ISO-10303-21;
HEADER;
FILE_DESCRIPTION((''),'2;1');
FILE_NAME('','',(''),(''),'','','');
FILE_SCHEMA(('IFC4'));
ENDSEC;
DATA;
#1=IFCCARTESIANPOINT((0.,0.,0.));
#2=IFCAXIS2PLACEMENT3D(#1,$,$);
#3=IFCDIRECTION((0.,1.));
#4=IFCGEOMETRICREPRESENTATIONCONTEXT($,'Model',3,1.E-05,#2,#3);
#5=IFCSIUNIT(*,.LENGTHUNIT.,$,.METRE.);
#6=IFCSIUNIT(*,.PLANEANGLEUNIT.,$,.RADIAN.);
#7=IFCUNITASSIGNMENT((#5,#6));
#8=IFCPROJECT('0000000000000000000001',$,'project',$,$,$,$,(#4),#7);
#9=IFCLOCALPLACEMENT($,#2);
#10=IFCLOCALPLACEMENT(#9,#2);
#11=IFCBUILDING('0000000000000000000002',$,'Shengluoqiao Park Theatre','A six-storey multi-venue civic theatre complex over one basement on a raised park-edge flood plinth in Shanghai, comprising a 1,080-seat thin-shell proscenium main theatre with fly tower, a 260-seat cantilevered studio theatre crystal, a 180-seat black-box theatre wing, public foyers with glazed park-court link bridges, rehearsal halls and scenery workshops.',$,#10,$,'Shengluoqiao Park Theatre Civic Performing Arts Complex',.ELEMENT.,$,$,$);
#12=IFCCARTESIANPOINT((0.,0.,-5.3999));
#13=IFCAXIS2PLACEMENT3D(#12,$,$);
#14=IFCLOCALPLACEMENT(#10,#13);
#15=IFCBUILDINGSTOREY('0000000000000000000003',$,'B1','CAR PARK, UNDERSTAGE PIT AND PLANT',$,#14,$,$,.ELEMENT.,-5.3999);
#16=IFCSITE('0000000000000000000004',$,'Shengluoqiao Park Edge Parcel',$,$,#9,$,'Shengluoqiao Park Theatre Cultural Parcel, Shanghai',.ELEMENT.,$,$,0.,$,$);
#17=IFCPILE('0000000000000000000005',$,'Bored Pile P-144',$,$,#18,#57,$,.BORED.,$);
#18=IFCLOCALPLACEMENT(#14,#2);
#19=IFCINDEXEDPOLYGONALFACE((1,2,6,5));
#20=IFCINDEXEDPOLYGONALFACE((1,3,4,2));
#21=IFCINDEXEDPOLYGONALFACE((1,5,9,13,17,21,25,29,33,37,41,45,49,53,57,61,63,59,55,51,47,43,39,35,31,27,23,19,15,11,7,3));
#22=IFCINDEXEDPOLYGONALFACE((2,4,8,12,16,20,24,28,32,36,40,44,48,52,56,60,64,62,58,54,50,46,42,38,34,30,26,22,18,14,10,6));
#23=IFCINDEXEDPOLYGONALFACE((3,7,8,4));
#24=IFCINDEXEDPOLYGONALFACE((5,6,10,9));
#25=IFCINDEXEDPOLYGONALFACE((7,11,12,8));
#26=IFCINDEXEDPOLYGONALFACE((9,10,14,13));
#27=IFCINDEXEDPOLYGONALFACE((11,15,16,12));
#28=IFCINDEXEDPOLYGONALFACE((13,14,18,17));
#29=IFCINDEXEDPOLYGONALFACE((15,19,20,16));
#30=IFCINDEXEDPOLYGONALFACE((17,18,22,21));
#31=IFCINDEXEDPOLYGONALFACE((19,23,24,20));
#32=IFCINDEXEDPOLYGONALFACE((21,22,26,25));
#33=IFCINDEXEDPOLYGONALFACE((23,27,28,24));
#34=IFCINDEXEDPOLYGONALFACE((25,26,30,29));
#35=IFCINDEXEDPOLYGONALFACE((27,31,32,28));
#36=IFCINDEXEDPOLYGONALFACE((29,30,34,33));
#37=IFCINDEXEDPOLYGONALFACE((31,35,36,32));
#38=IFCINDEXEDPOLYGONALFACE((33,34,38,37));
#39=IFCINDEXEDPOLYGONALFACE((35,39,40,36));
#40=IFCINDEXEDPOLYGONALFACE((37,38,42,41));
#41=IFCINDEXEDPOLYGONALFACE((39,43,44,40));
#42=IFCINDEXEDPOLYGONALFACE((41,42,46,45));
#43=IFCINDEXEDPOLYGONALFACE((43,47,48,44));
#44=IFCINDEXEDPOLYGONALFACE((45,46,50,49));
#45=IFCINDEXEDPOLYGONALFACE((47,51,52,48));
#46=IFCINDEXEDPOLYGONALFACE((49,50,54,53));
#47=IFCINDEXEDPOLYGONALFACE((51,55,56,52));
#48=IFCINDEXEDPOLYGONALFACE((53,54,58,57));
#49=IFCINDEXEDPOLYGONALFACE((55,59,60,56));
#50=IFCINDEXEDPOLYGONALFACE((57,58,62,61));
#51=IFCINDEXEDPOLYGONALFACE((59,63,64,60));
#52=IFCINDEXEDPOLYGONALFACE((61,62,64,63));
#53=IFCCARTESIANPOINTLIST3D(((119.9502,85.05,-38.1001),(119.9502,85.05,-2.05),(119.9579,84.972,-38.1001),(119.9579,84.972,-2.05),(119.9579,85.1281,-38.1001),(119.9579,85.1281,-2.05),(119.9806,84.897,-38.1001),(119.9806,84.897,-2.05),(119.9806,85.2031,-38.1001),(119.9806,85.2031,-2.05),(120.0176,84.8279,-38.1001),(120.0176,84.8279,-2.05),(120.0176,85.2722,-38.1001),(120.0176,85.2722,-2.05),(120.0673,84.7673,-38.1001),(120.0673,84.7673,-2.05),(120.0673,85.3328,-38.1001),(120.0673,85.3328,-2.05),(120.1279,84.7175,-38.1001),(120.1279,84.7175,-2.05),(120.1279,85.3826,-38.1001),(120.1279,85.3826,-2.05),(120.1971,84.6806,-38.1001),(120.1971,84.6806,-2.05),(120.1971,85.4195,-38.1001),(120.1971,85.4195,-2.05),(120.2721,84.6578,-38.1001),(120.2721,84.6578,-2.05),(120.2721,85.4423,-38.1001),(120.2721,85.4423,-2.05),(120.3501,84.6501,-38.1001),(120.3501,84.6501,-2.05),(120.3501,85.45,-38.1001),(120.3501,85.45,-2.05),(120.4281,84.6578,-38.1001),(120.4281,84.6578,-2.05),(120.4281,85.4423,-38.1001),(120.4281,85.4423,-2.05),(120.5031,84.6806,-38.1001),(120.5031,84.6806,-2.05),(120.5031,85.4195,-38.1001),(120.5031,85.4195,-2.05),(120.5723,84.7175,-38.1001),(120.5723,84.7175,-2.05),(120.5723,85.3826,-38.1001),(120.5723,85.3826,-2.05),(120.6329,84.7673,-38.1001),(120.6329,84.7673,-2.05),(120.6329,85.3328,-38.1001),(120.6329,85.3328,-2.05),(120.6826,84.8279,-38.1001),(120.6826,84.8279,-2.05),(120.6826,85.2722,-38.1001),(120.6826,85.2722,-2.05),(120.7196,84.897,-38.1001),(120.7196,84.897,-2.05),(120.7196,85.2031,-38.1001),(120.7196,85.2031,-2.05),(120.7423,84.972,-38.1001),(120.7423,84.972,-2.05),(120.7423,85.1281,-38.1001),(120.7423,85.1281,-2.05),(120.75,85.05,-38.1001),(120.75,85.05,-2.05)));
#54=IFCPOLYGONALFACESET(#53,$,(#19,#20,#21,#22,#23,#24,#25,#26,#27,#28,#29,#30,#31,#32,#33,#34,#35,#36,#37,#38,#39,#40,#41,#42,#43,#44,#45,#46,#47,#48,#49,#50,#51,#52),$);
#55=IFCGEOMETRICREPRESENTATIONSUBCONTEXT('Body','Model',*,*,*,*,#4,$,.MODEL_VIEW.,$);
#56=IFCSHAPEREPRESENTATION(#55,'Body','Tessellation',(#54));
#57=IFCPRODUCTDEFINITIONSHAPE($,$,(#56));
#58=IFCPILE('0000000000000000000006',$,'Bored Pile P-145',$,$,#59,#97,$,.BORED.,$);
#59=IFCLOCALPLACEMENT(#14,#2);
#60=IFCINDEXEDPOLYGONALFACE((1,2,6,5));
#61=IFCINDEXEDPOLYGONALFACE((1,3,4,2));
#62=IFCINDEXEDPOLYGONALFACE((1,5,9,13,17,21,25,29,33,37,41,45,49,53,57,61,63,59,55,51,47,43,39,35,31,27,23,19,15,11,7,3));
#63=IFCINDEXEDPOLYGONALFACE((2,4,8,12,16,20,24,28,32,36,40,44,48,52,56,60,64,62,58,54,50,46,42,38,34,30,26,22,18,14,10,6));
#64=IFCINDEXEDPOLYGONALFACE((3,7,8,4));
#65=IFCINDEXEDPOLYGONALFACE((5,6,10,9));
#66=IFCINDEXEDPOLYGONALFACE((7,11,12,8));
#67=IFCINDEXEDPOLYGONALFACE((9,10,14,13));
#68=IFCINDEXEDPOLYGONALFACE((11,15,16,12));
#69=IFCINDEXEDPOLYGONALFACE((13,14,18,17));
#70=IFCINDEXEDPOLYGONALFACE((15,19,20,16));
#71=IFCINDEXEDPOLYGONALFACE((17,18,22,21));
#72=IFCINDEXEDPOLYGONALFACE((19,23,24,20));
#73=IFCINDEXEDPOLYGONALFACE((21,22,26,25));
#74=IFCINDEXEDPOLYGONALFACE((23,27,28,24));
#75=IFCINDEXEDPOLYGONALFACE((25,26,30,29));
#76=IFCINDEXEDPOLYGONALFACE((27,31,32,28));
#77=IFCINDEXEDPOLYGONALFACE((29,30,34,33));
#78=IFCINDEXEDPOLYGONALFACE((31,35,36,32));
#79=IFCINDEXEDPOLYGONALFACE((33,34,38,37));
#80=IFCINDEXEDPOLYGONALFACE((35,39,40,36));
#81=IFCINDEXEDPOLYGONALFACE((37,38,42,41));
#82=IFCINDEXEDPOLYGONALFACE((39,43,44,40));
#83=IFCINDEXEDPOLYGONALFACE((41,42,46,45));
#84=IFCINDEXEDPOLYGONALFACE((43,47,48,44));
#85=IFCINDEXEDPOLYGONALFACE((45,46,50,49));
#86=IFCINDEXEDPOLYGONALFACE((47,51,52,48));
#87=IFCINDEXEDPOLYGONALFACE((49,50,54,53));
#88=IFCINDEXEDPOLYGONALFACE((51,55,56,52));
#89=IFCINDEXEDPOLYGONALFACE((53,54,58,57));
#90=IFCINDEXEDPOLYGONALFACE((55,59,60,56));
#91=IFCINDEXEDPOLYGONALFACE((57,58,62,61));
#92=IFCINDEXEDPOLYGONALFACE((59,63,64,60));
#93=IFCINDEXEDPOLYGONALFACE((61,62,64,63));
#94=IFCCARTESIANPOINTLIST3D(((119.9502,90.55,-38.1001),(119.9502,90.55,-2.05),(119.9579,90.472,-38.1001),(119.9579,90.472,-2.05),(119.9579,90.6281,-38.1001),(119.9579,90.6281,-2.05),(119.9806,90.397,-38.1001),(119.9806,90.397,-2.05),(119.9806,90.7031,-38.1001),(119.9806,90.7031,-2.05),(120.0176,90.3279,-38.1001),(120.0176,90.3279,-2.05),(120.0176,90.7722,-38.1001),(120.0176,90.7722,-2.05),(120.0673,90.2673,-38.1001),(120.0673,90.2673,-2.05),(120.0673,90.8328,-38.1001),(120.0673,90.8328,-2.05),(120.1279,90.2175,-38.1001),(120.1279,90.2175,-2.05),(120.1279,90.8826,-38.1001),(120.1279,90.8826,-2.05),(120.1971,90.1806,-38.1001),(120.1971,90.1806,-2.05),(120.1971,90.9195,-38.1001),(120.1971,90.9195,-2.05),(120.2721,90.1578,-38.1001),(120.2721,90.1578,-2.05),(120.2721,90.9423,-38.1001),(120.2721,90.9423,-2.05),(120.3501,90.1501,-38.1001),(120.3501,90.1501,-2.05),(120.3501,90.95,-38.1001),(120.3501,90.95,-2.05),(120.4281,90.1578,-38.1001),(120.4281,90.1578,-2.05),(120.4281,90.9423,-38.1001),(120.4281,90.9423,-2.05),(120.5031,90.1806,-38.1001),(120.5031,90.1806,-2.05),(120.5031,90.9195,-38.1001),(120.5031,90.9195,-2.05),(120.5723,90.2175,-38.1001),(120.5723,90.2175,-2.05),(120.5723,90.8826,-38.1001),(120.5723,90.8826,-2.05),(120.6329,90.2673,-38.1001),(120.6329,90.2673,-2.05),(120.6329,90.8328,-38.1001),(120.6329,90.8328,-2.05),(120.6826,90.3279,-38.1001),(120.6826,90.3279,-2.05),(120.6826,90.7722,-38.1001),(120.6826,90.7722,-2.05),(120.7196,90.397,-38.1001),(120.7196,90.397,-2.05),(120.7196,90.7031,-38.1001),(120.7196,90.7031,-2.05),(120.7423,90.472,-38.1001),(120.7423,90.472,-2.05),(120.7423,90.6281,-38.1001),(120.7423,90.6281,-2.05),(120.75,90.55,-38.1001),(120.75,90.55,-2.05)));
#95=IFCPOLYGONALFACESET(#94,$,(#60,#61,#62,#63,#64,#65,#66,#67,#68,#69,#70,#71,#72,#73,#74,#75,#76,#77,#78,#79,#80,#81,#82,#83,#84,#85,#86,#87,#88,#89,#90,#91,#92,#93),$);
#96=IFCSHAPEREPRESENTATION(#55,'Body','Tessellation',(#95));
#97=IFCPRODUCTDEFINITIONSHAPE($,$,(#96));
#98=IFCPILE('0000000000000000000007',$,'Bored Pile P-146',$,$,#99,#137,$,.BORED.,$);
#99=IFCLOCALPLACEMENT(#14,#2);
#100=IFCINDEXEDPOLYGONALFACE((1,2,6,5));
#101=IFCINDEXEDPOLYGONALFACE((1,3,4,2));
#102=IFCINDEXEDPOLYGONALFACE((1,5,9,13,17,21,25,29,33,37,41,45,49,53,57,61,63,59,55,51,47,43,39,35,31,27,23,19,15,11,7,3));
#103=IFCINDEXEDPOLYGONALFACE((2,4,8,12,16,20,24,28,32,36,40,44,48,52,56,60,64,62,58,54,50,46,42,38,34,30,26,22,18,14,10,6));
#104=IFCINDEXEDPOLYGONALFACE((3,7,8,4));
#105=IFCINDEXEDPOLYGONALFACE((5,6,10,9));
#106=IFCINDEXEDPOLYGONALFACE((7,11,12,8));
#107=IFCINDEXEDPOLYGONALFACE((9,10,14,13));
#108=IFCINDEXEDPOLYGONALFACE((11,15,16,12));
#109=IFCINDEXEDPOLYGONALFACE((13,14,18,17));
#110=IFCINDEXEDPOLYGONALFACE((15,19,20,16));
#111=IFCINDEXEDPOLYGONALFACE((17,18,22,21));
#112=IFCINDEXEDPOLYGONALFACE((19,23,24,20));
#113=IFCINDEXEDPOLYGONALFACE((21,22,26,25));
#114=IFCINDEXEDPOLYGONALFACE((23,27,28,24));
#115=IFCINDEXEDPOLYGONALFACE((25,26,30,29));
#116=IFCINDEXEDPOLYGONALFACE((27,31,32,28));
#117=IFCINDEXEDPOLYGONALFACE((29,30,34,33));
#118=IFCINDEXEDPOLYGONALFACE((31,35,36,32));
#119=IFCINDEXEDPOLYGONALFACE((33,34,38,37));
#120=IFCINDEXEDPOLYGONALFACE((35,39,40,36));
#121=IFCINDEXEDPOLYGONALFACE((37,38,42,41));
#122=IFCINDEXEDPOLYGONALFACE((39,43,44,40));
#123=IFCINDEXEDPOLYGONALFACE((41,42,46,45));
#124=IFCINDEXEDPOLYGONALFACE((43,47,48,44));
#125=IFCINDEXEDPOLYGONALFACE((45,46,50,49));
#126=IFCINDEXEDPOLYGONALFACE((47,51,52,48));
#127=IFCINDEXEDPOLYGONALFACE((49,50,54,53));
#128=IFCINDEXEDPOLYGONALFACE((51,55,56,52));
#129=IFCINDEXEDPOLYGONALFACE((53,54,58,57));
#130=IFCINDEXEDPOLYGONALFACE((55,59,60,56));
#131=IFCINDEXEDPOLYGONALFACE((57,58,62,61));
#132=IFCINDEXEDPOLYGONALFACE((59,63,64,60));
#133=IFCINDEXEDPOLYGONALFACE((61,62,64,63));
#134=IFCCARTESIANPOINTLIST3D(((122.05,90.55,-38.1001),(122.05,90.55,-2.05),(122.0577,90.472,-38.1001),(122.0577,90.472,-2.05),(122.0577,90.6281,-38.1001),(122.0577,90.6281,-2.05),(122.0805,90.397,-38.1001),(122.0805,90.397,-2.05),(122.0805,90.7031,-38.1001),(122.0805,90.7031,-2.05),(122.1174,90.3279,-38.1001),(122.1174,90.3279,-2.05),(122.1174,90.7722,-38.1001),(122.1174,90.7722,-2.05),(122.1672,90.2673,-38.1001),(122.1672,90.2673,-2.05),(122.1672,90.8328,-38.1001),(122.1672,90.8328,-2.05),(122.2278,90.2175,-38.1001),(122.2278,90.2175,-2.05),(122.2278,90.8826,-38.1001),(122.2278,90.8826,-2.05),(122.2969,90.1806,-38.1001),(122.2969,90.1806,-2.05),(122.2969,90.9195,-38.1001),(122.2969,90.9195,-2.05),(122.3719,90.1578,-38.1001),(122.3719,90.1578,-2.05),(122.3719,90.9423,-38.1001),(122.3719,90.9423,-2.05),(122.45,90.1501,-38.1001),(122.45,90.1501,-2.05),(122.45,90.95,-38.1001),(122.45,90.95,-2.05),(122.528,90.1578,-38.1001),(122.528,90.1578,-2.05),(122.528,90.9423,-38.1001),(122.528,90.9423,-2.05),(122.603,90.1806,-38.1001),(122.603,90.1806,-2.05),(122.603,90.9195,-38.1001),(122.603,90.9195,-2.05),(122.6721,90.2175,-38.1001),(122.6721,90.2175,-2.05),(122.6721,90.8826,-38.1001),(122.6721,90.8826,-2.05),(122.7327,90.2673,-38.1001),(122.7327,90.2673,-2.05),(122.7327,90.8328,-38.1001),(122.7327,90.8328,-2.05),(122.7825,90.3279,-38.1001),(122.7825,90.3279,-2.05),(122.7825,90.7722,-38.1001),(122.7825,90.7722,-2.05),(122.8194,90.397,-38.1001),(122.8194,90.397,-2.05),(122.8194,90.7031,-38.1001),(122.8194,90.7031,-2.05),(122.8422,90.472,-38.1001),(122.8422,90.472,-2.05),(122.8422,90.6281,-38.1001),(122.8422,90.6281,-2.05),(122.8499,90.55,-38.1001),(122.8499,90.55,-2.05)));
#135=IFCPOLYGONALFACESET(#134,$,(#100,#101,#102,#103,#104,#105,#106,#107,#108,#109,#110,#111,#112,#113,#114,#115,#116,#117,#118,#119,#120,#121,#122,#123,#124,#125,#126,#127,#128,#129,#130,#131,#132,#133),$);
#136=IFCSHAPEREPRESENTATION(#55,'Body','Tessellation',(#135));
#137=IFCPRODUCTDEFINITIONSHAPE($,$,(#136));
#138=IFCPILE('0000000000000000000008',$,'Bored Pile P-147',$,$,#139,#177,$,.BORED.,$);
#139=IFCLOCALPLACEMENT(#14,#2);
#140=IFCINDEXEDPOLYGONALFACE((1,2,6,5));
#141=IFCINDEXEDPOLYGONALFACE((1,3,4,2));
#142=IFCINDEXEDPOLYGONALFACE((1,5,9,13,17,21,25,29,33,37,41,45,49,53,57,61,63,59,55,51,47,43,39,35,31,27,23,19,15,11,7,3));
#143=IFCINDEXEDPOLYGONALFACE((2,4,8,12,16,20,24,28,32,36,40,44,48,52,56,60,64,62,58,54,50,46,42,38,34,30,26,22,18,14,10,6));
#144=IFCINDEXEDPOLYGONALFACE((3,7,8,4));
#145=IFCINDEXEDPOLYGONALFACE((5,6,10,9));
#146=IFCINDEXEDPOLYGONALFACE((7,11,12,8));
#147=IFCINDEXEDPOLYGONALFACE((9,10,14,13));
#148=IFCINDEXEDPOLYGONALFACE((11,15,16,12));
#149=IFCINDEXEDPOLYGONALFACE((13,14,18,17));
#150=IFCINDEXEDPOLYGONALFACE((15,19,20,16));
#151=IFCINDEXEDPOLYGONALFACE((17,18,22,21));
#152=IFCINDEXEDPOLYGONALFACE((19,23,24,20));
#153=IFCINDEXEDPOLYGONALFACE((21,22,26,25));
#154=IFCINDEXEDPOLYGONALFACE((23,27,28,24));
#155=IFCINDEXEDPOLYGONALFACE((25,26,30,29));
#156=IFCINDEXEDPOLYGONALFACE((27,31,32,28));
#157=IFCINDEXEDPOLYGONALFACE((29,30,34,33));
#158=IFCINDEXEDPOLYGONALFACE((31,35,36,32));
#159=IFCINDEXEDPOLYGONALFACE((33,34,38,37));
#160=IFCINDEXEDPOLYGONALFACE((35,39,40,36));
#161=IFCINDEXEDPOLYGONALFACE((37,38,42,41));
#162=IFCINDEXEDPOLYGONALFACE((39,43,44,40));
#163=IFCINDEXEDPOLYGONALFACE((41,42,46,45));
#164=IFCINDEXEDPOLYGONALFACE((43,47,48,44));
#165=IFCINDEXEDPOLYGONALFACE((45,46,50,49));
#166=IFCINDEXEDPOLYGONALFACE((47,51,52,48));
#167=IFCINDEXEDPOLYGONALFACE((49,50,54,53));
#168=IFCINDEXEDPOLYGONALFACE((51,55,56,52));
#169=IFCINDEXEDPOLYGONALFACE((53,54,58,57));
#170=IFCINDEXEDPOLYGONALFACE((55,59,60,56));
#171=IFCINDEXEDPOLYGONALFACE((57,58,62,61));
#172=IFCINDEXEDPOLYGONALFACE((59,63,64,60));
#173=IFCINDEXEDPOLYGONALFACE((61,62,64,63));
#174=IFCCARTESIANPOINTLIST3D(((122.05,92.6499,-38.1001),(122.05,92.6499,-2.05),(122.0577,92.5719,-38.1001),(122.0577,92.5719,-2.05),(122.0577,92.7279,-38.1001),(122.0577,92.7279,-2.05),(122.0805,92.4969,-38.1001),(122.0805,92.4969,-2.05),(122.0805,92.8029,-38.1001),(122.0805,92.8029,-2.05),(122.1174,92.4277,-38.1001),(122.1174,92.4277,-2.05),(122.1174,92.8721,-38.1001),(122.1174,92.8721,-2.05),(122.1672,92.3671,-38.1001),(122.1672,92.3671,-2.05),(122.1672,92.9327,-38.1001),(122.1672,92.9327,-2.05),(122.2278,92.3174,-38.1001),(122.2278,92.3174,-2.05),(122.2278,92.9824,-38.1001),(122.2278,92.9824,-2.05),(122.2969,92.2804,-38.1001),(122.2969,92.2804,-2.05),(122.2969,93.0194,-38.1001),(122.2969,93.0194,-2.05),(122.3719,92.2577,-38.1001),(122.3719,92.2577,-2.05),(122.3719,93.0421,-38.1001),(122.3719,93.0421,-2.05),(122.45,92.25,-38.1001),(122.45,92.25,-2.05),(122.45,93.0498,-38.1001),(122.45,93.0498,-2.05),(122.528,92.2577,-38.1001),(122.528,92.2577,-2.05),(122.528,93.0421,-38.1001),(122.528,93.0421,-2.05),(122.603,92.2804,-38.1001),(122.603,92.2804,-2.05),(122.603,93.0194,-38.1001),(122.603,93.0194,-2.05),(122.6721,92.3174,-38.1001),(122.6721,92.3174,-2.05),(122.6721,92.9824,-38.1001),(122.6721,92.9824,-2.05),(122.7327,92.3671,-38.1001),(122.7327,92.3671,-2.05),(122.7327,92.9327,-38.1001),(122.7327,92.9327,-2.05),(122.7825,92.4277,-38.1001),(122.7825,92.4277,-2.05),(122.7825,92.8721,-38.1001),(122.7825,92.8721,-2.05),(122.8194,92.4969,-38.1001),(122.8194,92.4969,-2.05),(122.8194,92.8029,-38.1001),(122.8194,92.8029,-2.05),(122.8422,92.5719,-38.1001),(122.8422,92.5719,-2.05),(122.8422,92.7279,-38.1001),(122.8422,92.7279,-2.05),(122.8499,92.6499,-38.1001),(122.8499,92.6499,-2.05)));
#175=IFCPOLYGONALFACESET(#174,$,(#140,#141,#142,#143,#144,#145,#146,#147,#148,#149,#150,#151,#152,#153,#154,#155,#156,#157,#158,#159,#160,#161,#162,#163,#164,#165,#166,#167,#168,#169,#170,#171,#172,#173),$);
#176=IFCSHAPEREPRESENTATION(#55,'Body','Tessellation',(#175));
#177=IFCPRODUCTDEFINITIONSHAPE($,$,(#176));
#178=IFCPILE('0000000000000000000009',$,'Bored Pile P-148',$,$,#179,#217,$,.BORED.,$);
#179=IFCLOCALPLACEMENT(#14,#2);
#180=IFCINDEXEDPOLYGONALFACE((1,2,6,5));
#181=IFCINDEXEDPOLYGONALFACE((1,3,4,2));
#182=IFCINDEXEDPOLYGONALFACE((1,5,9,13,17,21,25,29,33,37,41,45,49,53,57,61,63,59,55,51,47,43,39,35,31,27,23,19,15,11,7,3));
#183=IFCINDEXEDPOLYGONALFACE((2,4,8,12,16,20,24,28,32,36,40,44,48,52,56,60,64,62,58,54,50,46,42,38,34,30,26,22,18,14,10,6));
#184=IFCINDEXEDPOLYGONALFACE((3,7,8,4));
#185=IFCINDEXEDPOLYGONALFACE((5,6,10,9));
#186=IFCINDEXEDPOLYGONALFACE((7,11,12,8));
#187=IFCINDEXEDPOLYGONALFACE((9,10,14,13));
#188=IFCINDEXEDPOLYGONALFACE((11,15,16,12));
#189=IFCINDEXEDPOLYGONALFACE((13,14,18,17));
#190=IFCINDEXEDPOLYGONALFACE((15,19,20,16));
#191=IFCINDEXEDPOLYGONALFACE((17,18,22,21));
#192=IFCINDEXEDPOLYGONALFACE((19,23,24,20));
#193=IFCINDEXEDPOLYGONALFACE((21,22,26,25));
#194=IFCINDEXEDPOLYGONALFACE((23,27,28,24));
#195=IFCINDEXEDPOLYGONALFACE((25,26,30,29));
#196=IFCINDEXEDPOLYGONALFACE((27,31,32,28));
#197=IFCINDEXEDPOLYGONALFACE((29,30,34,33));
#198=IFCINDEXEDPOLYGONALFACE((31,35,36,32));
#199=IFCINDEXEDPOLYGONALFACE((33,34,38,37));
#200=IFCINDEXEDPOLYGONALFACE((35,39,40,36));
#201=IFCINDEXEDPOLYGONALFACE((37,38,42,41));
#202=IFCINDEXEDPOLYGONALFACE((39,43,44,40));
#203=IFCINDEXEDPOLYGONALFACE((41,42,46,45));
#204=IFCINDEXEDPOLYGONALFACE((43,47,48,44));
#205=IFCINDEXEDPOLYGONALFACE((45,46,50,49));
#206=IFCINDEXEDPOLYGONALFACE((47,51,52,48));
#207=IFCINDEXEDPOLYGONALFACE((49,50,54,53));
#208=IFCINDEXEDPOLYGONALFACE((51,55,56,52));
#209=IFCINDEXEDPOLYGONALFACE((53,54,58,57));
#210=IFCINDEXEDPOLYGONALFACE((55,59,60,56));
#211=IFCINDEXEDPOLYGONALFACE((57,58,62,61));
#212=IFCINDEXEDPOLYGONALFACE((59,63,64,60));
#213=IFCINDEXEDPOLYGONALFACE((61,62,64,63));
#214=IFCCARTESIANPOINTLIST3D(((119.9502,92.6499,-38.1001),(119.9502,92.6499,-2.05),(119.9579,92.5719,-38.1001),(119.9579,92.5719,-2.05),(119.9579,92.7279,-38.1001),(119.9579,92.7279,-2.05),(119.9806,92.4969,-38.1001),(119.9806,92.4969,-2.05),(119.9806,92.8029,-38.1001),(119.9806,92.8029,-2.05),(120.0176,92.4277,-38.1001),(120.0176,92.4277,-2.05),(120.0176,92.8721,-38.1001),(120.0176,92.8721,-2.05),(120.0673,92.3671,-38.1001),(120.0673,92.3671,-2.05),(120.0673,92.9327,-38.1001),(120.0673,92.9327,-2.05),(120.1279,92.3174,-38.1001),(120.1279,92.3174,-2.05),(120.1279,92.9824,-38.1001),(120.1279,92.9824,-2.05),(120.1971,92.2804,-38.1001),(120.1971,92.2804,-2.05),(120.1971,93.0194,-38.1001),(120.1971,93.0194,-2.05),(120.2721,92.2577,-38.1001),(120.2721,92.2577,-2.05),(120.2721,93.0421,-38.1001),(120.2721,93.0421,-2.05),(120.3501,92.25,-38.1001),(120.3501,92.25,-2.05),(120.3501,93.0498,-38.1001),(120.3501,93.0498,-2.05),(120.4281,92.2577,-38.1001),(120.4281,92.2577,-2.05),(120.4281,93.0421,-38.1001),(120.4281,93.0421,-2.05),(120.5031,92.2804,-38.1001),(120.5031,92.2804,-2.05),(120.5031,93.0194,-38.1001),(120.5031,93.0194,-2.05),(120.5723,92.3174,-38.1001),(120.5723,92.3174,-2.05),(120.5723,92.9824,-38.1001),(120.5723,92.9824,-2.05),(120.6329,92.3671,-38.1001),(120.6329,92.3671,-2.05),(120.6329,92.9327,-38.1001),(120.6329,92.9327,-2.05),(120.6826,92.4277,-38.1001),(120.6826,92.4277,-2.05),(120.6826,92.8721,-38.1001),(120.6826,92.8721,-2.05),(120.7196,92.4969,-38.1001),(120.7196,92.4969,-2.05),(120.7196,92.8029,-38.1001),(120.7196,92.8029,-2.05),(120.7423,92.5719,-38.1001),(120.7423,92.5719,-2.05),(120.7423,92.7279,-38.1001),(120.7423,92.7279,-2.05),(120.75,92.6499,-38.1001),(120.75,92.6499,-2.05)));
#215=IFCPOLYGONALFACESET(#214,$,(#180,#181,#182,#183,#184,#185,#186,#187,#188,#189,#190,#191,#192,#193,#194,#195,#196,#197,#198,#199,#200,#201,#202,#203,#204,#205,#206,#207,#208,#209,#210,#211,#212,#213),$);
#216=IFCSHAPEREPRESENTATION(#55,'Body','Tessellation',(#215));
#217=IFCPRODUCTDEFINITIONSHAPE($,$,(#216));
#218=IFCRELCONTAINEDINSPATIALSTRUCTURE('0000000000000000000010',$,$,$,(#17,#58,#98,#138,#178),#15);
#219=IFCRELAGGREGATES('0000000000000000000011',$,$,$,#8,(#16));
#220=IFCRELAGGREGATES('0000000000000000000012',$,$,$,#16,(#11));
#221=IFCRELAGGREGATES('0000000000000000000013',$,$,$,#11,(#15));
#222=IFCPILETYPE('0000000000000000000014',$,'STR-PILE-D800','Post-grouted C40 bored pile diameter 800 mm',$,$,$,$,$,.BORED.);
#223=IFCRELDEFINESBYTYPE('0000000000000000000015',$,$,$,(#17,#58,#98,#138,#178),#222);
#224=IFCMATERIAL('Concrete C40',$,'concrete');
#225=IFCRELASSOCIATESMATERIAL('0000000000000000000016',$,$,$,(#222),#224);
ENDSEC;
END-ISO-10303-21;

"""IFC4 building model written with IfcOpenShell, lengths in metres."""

from ifc_helpers import new_model, si_unit, direction, frame, origin, origin_2d, place, context, subcontext, project, spatial, circle, extrude, material, material_profile, profile_set, type_object, element, save


model = new_model("IFC4")

# Units and contexts
model_context = context("Model", 3, precision=1e-05, world=origin(), true_north=direction((0.0, 1.0)))
body_context = subcontext(model_context, "Body", "Model", "MODEL_VIEW")
ifc_project = project(units=[si_unit("LENGTHUNIT", "METRE"), si_unit("PLANEANGLEUNIT", "RADIAN")], contexts=[model_context])

# Site, building, storey
site_placement = place(None, origin())
site = spatial("IfcSite", under=ifc_project, at=site_placement, Name="Shengluoqiao Park Edge Parcel", LongName="Shengluoqiao Park Theatre Cultural Parcel, Shanghai", CompositionType="ELEMENT", RefElevation=0.0)
building_placement = place(site_placement, origin())
building = spatial("IfcBuilding", under=site, at=building_placement, Name="Shengluoqiao Park Theatre", Description="A six-storey multi-venue civic theatre complex over one basement on a raised park-edge flood plinth in Shanghai, comprising a 1,080-seat thin-shell proscenium main theatre with fly tower, a 260-seat cantilevered studio theatre crystal, a 180-seat black-box theatre wing, public foyers with glazed park-court link bridges, rehearsal halls and scenery workshops.", LongName="Shengluoqiao Park Theatre Civic Performing Arts Complex", CompositionType="ELEMENT")
storey_placement = place(building_placement, frame((0.0, 0.0, -5.3999)))
storey = spatial("IfcBuildingStorey", under=building, at=storey_placement, Name="B1", Description="CAR PARK, UNDERSTAGE PIT AND PLANT", CompositionType="ELEMENT", Elevation=-5.3999)

# Shared definitions
ifc_material_1 = material(Name="Concrete C40", Category="concrete")

# Piles
ifc_material_profile_1 = material_profile(ifc_material_1, circle(Radius=0.3999, at=origin_2d()), Name="BORED PILE D800")
ifc_profile_set_1 = profile_set([ifc_material_profile_1], Name="Concrete C40")
pile_type_1 = type_object("IfcPileType", Name="STR-PILE-D800", Description="Post-grouted C40 bored pile diameter 800 mm", PredefinedType="BORED", material=ifc_profile_set_1)
for number, where, z_axis, x_axis, name in (
    (1, (120.3501, 85.05, -2.05), (0.0, 0.0, -1.0), (1.0, 0.0, 0.0), "Bored Pile P-144"),
    (2, (120.3501, 90.55, -2.05), (0.0, 0.0, -1.0), (1.0, 0.0, 0.0), "Bored Pile P-145"),
    (3, (122.45, 90.55, -2.05), (0.0, 0.0, -1.0), (1.0, 0.0, 0.0), "Bored Pile P-146"),
    (4, (122.45, 92.6499, -2.05), (0.0, 0.0, -1.0), (1.0, 0.0, 0.0), "Bored Pile P-147"),
    (5, (120.3501, 92.6499, -2.05), (0.0, 0.0, -1.0), (1.0, 0.0, 0.0), "Bored Pile P-148"),
):
    element("IfcPile", number, at=place(storey_placement, frame(where, z_axis=z_axis, x_axis=x_axis)), inside=storey, type_object=pile_type_1, Name=name, PredefinedType="BORED", context=body_context, shape_type="SweptSolid", body=[
        extrude(circle(Radius=0.3999, at=origin_2d()), origin(), (0.0, 0.0, 1.0), 36.05),
    ])

save(model, "model.ifc")
